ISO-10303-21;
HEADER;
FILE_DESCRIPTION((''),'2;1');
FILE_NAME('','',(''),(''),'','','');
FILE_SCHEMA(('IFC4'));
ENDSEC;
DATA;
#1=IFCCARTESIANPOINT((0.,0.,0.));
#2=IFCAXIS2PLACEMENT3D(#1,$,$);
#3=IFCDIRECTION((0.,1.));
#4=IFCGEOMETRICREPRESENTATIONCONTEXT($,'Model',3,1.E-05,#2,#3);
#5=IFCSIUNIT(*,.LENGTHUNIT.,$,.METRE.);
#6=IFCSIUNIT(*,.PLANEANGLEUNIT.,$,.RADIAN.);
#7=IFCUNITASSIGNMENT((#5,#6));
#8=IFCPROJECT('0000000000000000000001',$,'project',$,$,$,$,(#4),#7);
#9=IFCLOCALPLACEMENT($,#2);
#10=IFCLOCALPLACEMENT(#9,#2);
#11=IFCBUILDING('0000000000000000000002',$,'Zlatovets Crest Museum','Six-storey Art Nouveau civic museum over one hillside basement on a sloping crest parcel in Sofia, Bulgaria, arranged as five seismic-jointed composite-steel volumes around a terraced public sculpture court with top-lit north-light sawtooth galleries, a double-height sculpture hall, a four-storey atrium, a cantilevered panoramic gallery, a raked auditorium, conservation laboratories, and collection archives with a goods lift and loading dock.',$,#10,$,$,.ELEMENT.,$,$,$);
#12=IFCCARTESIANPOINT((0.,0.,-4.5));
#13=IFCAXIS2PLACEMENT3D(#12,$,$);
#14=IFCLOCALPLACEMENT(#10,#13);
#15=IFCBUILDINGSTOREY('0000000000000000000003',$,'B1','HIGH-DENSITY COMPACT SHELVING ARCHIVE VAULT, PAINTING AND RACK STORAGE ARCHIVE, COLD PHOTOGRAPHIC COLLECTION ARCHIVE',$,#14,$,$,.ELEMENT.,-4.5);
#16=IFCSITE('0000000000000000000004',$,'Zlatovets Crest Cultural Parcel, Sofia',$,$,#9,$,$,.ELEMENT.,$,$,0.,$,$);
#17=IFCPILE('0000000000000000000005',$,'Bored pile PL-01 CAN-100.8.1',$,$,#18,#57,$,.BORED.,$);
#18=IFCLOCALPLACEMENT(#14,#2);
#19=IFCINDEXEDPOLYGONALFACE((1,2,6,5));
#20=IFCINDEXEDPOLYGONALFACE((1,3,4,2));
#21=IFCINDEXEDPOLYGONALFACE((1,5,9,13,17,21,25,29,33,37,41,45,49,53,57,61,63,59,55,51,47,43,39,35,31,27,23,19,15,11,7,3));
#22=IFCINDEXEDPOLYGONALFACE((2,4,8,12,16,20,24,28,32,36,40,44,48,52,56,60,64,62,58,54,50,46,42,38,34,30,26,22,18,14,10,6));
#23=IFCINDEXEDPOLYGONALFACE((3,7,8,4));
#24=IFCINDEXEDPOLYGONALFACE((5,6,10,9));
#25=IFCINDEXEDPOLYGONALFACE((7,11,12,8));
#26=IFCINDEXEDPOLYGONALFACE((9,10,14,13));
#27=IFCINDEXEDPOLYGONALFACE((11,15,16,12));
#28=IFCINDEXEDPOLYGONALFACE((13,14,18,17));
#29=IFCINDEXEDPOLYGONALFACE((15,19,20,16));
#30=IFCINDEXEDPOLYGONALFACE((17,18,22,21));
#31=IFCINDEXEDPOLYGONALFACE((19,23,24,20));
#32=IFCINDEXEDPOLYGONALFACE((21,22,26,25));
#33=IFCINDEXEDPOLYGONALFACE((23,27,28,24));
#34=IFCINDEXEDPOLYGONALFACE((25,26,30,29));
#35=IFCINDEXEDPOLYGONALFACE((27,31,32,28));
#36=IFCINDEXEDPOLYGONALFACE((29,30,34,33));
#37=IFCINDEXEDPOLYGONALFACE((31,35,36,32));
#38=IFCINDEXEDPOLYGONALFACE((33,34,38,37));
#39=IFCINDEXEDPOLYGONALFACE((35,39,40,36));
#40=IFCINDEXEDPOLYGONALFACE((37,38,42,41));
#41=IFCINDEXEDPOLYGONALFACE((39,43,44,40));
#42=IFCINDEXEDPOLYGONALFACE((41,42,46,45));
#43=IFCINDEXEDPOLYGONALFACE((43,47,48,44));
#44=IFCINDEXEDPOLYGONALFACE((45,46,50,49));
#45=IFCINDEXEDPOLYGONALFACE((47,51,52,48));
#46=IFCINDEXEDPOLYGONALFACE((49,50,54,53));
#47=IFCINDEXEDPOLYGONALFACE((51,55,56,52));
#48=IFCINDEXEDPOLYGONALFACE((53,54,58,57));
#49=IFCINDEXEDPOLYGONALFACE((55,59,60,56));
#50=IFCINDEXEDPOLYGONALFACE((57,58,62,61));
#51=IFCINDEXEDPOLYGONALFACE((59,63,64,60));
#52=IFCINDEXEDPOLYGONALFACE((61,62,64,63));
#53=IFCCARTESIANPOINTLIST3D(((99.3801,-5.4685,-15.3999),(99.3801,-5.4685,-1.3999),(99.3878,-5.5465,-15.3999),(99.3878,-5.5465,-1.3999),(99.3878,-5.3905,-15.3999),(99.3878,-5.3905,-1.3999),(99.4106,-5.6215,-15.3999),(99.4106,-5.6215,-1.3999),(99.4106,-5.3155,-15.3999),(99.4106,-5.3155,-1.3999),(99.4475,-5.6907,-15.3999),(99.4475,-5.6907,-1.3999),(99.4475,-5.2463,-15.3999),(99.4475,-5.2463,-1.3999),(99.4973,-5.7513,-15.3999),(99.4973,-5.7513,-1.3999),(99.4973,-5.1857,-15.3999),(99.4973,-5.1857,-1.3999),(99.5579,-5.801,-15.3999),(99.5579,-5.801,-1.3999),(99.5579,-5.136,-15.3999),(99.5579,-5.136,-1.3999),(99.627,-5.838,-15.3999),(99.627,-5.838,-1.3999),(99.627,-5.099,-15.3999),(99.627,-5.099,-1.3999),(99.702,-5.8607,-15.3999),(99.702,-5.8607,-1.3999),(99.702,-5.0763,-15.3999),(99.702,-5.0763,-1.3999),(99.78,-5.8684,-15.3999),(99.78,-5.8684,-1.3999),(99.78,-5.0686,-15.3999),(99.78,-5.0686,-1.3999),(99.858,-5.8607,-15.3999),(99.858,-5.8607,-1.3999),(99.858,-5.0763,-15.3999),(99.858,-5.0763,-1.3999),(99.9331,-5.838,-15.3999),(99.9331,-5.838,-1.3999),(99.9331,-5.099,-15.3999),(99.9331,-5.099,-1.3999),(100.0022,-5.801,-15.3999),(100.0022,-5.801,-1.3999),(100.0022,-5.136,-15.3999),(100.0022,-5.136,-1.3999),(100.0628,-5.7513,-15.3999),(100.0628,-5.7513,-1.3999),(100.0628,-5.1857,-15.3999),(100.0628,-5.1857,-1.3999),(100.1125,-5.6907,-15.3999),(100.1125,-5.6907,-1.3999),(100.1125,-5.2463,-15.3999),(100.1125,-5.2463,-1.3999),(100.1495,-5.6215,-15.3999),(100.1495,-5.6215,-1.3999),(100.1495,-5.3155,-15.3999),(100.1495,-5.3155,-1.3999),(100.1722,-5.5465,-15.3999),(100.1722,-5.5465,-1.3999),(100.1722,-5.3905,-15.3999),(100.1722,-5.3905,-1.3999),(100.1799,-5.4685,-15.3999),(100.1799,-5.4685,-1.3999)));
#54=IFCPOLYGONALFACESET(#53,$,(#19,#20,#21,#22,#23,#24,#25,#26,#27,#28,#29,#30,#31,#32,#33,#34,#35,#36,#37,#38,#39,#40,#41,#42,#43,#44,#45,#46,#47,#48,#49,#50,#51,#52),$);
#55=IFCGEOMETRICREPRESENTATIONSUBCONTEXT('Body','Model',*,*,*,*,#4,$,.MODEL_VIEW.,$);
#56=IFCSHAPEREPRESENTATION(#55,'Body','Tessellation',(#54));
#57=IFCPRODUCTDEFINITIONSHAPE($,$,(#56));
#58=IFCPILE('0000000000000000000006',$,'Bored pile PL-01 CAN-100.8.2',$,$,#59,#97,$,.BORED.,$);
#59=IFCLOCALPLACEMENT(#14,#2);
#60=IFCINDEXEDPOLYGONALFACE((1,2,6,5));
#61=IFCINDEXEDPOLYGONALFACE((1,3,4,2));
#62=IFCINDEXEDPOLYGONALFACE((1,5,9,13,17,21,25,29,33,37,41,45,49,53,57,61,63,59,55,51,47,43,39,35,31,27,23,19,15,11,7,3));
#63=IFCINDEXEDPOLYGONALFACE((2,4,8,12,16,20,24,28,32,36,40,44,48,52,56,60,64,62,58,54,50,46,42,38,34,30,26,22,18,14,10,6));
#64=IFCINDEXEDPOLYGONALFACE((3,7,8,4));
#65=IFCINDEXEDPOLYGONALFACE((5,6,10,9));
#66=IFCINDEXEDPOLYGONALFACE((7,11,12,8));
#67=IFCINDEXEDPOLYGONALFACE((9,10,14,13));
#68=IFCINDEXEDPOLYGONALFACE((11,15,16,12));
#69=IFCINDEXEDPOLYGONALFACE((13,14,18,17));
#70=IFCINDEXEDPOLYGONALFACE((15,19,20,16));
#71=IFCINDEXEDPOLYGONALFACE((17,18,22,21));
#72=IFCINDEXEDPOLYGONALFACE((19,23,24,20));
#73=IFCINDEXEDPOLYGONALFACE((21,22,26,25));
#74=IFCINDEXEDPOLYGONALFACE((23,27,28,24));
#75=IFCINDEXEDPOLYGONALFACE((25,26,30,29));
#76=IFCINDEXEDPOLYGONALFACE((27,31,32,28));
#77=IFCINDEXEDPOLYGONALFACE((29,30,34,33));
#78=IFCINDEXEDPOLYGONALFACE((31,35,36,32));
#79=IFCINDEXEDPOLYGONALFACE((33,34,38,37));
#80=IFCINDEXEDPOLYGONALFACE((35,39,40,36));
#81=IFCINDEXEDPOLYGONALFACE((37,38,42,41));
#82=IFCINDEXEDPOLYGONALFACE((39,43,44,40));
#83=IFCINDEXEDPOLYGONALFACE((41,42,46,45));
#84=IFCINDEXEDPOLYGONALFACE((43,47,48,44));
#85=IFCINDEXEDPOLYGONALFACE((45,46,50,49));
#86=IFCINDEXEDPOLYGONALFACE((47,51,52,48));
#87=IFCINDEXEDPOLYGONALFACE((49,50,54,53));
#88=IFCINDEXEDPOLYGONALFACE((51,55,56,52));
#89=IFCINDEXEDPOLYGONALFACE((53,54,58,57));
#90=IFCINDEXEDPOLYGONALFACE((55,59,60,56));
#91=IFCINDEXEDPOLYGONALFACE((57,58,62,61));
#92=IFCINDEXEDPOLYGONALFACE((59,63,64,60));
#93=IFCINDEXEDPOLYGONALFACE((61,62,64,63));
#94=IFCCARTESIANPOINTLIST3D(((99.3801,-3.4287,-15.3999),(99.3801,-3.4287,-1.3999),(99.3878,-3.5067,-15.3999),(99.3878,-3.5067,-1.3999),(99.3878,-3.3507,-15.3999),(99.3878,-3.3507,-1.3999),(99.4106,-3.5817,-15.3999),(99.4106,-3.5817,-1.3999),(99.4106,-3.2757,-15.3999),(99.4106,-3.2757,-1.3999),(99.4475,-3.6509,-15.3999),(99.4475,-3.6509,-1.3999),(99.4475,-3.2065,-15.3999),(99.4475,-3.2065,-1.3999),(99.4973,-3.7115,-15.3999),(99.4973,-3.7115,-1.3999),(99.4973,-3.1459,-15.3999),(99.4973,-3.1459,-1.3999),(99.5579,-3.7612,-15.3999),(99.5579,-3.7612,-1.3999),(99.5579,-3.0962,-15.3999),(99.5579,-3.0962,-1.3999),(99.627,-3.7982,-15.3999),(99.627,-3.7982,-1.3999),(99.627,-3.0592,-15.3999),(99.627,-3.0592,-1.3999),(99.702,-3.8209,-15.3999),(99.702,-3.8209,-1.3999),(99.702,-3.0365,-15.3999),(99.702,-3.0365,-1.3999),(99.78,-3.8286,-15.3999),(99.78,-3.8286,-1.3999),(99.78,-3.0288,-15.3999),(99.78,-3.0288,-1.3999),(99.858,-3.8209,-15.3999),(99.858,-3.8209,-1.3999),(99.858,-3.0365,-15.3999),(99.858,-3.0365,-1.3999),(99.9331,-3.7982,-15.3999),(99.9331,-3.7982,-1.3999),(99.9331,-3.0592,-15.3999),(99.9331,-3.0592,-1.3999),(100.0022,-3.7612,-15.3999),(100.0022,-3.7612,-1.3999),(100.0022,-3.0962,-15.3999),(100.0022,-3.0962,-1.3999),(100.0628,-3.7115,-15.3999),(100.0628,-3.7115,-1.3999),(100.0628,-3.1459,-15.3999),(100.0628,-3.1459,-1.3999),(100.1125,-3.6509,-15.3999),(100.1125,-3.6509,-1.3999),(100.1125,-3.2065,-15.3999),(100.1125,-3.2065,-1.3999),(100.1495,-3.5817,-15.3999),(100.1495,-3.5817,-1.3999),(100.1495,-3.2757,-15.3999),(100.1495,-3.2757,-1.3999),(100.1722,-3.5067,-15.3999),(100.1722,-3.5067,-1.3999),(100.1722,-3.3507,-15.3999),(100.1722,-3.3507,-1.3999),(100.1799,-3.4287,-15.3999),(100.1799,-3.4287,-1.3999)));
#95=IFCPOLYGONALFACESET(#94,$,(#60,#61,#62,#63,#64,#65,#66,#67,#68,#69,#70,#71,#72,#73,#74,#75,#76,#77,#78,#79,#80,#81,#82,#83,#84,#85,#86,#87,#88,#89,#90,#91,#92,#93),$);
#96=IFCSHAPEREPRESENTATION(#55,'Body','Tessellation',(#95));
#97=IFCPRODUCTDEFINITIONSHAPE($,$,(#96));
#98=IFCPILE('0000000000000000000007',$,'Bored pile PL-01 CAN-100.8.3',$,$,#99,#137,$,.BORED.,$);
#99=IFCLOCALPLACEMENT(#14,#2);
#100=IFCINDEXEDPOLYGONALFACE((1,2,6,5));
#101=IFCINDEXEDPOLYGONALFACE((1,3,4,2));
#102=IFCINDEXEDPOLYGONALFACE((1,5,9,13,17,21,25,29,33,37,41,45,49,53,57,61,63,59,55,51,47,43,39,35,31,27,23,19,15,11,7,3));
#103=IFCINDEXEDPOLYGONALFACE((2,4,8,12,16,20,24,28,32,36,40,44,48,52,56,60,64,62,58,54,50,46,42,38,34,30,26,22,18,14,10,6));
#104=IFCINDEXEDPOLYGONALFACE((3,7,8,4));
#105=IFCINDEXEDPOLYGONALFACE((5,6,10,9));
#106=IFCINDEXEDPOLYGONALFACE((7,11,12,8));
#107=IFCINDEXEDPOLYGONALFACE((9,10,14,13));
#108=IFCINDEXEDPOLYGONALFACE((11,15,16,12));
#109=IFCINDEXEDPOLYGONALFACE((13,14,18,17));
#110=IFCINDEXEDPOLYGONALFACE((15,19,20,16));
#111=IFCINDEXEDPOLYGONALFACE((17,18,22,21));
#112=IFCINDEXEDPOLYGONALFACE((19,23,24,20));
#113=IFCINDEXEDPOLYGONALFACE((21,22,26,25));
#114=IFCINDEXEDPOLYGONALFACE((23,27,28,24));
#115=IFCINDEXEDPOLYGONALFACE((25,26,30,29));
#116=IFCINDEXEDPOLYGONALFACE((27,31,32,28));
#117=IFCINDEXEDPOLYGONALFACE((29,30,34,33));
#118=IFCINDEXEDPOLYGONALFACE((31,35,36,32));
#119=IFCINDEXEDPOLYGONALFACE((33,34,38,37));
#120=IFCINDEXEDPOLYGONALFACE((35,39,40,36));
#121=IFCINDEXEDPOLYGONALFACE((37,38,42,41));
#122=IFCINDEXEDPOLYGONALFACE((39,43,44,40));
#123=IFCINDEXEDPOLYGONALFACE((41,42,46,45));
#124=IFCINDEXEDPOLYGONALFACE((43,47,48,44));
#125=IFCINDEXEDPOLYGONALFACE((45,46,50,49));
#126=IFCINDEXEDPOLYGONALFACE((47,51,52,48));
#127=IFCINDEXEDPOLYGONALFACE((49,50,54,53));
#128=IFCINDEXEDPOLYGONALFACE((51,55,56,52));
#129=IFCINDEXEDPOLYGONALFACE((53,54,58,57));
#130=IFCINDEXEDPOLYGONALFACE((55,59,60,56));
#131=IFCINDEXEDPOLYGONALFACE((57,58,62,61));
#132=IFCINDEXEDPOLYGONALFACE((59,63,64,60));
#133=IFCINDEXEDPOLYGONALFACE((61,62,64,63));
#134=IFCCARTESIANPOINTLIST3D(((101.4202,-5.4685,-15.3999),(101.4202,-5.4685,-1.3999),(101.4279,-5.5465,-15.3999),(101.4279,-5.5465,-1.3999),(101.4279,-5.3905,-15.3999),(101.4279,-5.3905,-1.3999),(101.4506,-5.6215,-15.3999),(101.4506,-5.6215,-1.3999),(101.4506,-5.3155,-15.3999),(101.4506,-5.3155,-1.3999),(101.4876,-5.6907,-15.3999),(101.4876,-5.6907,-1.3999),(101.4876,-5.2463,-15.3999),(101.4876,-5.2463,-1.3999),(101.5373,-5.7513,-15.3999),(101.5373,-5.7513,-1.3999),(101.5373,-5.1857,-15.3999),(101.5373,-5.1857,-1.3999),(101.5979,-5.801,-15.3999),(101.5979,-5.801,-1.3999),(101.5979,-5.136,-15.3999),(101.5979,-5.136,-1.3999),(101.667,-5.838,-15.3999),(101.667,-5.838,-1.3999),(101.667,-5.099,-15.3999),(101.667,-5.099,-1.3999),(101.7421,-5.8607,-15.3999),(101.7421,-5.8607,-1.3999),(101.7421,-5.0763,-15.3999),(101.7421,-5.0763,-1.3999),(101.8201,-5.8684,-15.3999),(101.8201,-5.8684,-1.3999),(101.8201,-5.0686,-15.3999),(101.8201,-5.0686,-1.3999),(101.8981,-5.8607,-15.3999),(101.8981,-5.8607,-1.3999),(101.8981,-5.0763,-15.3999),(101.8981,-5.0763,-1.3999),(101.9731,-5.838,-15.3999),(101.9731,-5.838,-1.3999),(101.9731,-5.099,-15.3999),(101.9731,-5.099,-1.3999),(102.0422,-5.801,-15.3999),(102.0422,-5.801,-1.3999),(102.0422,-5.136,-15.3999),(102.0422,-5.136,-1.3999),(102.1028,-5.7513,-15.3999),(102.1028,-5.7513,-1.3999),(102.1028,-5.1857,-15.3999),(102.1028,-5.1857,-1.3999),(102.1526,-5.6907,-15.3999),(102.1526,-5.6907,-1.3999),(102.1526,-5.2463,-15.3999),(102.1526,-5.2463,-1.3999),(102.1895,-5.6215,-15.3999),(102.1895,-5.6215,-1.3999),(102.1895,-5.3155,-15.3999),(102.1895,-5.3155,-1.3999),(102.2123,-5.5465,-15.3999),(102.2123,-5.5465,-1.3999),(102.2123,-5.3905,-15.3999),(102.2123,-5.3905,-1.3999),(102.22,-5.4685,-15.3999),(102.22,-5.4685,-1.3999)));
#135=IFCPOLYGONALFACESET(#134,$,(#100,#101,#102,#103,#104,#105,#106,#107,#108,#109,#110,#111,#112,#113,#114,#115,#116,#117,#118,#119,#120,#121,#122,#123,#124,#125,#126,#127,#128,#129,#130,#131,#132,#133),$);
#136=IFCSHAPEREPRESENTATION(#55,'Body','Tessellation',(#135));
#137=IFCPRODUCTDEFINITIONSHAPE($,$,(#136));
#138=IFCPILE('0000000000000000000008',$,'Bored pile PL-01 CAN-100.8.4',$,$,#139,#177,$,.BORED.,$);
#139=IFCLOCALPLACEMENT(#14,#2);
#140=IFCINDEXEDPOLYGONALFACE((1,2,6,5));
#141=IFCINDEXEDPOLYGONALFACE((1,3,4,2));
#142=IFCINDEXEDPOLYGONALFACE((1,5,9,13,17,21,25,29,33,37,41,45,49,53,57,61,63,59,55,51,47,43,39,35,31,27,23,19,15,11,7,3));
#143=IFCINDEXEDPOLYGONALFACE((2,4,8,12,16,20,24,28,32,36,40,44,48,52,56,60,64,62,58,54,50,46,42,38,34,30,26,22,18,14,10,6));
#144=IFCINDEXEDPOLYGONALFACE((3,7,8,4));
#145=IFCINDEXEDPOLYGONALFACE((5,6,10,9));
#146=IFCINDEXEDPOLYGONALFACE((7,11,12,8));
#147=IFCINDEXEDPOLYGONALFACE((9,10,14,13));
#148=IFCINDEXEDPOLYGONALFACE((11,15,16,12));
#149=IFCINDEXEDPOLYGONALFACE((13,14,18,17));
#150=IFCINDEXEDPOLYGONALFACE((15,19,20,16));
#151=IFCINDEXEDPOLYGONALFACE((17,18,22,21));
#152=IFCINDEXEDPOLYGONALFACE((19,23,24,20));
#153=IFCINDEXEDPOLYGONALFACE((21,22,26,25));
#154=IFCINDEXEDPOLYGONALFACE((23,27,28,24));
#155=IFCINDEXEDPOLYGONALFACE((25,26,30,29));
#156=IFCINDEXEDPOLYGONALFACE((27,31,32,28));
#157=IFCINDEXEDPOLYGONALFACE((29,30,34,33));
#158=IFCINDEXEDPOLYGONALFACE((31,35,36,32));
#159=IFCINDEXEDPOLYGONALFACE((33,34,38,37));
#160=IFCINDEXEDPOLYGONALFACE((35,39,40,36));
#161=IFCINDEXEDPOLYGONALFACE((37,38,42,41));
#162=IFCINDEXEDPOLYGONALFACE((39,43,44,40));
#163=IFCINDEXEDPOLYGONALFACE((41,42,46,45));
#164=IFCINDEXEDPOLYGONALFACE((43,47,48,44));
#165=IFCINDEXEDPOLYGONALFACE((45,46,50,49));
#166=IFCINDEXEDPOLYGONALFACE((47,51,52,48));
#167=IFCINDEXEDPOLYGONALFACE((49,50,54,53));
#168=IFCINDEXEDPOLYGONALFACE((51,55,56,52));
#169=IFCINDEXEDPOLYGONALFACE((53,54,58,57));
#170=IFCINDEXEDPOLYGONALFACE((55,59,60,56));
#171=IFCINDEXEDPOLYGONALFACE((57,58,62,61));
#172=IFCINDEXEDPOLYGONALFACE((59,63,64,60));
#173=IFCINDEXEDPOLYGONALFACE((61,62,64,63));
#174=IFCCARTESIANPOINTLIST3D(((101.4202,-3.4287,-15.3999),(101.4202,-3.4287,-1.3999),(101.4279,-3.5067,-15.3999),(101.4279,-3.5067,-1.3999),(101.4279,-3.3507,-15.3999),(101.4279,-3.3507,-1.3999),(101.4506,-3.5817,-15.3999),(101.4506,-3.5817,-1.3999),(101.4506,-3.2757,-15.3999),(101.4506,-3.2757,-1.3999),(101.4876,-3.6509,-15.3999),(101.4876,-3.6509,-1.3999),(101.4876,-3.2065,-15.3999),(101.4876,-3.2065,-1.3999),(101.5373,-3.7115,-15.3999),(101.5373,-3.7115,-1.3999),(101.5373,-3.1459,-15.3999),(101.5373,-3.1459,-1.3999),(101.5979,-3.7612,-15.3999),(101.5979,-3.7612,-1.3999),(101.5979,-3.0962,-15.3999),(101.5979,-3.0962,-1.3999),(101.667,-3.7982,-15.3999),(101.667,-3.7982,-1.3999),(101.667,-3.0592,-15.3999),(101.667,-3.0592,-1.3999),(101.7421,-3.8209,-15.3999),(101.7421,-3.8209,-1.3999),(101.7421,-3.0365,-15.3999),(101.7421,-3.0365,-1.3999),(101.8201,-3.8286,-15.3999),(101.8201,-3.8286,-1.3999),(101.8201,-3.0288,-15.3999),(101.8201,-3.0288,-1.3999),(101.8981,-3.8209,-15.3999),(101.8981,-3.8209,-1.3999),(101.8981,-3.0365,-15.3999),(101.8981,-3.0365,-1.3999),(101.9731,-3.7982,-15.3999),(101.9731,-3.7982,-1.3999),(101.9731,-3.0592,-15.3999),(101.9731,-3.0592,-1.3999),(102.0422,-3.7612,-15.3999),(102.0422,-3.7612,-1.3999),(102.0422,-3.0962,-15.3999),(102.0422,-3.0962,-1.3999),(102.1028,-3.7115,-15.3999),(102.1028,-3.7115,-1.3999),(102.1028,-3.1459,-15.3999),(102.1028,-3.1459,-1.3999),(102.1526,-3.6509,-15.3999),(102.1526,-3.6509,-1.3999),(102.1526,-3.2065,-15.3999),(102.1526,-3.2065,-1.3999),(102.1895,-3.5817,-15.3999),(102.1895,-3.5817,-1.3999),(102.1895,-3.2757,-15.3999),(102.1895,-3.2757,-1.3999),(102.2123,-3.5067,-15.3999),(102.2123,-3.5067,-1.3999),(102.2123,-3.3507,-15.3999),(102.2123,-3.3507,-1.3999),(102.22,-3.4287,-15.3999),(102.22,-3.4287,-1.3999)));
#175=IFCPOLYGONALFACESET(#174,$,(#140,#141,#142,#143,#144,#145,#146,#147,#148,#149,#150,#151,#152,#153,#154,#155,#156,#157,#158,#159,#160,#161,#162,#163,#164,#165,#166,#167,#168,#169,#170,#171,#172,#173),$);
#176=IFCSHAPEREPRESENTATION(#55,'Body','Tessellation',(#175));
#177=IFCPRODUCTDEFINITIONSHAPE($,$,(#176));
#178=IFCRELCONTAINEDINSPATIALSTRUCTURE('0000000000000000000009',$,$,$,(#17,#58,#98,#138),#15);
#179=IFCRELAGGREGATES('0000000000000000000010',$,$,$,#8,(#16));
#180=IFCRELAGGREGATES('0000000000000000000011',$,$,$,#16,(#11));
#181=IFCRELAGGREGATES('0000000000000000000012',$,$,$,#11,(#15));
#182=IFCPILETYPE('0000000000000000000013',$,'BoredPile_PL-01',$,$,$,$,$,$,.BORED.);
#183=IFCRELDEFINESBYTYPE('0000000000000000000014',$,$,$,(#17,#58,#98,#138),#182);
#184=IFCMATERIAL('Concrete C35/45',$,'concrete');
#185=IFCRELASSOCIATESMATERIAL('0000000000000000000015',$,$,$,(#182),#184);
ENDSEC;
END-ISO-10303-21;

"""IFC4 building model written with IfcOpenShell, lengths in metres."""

from ifc_helpers import new_model, si_unit, direction, frame, origin, origin_2d, place, context, subcontext, project, spatial, circle, extrude, material, material_profile, profile_set, type_object, element, save


model = new_model("IFC4")

# Units and contexts
model_context = context("Model", 3, precision=1e-05, world=origin(), true_north=direction((0.0, 1.0)))
body_context = subcontext(model_context, "Body", "Model", "MODEL_VIEW")
ifc_project = project(units=[si_unit("LENGTHUNIT", "METRE"), si_unit("PLANEANGLEUNIT", "RADIAN")], contexts=[model_context])

# Site, building, storey
site_placement = place(None, origin())
site = spatial("IfcSite", under=ifc_project, at=site_placement, Name="Zlatovets Crest Cultural Parcel, Sofia", CompositionType="ELEMENT", RefElevation=0.0)
building_placement = place(site_placement, origin())
building = spatial("IfcBuilding", under=site, at=building_placement, Name="Zlatovets Crest Museum", Description="Six-storey Art Nouveau civic museum over one hillside basement on a sloping crest parcel in Sofia, Bulgaria, arranged as five seismic-jointed composite-steel volumes around a terraced public sculpture court with top-lit north-light sawtooth galleries, a double-height sculpture hall, a four-storey atrium, a cantilevered panoramic gallery, a raked auditorium, conservation laboratories, and collection archives with a goods lift and loading dock.", CompositionType="ELEMENT")
storey_placement = place(building_placement, frame((0.0, 0.0, -4.5)))
storey = spatial("IfcBuildingStorey", under=building, at=storey_placement, Name="B1", Description="HIGH-DENSITY COMPACT SHELVING ARCHIVE VAULT, PAINTING AND RACK STORAGE ARCHIVE, COLD PHOTOGRAPHIC COLLECTION ARCHIVE", CompositionType="ELEMENT", Elevation=-4.5)

# Piles
ifc_material_1 = material(Name="Concrete C35/45", Category="concrete")
ifc_material_profile_1 = material_profile(ifc_material_1, circle(Radius=0.3999, at=origin_2d()), Name="PILE D800")
ifc_profile_set_1 = profile_set([ifc_material_profile_1], Name="Concrete C35/45")
pile_type_1 = type_object("IfcPileType", Name="BoredPile_PL-01", PredefinedType="BORED", material=ifc_profile_set_1)
for number, where, z_axis, x_axis, name in (
    (1, (99.78, -5.4685, -1.3999), (0.0, 0.0, -1.0), (1.0, 0.0, 0.0), "Bored pile PL-01 CAN-100.8.1"),
    (2, (99.78, -3.4287, -1.3999), (0.0, 0.0, -1.0), (1.0, 0.0, 0.0), "Bored pile PL-01 CAN-100.8.2"),
    (3, (101.8201, -5.4685, -1.3999), (0.0, 0.0, -1.0), (1.0, 0.0, 0.0), "Bored pile PL-01 CAN-100.8.3"),
    (4, (101.8201, -3.4287, -1.3999), (0.0, 0.0, -1.0), (1.0, 0.0, 0.0), "Bored pile PL-01 CAN-100.8.4"),
):
    element("IfcPile", number, at=place(storey_placement, frame(where, z_axis=z_axis, x_axis=x_axis)), inside=storey, type_object=pile_type_1, Name=name, PredefinedType="BORED", context=body_context, shape_type="SweptSolid", body=[
        extrude(circle(Radius=0.3999, at=origin_2d()), origin(), (0.0, 0.0, 1.0), 14.0),
    ])

save(model, "model.ifc")
